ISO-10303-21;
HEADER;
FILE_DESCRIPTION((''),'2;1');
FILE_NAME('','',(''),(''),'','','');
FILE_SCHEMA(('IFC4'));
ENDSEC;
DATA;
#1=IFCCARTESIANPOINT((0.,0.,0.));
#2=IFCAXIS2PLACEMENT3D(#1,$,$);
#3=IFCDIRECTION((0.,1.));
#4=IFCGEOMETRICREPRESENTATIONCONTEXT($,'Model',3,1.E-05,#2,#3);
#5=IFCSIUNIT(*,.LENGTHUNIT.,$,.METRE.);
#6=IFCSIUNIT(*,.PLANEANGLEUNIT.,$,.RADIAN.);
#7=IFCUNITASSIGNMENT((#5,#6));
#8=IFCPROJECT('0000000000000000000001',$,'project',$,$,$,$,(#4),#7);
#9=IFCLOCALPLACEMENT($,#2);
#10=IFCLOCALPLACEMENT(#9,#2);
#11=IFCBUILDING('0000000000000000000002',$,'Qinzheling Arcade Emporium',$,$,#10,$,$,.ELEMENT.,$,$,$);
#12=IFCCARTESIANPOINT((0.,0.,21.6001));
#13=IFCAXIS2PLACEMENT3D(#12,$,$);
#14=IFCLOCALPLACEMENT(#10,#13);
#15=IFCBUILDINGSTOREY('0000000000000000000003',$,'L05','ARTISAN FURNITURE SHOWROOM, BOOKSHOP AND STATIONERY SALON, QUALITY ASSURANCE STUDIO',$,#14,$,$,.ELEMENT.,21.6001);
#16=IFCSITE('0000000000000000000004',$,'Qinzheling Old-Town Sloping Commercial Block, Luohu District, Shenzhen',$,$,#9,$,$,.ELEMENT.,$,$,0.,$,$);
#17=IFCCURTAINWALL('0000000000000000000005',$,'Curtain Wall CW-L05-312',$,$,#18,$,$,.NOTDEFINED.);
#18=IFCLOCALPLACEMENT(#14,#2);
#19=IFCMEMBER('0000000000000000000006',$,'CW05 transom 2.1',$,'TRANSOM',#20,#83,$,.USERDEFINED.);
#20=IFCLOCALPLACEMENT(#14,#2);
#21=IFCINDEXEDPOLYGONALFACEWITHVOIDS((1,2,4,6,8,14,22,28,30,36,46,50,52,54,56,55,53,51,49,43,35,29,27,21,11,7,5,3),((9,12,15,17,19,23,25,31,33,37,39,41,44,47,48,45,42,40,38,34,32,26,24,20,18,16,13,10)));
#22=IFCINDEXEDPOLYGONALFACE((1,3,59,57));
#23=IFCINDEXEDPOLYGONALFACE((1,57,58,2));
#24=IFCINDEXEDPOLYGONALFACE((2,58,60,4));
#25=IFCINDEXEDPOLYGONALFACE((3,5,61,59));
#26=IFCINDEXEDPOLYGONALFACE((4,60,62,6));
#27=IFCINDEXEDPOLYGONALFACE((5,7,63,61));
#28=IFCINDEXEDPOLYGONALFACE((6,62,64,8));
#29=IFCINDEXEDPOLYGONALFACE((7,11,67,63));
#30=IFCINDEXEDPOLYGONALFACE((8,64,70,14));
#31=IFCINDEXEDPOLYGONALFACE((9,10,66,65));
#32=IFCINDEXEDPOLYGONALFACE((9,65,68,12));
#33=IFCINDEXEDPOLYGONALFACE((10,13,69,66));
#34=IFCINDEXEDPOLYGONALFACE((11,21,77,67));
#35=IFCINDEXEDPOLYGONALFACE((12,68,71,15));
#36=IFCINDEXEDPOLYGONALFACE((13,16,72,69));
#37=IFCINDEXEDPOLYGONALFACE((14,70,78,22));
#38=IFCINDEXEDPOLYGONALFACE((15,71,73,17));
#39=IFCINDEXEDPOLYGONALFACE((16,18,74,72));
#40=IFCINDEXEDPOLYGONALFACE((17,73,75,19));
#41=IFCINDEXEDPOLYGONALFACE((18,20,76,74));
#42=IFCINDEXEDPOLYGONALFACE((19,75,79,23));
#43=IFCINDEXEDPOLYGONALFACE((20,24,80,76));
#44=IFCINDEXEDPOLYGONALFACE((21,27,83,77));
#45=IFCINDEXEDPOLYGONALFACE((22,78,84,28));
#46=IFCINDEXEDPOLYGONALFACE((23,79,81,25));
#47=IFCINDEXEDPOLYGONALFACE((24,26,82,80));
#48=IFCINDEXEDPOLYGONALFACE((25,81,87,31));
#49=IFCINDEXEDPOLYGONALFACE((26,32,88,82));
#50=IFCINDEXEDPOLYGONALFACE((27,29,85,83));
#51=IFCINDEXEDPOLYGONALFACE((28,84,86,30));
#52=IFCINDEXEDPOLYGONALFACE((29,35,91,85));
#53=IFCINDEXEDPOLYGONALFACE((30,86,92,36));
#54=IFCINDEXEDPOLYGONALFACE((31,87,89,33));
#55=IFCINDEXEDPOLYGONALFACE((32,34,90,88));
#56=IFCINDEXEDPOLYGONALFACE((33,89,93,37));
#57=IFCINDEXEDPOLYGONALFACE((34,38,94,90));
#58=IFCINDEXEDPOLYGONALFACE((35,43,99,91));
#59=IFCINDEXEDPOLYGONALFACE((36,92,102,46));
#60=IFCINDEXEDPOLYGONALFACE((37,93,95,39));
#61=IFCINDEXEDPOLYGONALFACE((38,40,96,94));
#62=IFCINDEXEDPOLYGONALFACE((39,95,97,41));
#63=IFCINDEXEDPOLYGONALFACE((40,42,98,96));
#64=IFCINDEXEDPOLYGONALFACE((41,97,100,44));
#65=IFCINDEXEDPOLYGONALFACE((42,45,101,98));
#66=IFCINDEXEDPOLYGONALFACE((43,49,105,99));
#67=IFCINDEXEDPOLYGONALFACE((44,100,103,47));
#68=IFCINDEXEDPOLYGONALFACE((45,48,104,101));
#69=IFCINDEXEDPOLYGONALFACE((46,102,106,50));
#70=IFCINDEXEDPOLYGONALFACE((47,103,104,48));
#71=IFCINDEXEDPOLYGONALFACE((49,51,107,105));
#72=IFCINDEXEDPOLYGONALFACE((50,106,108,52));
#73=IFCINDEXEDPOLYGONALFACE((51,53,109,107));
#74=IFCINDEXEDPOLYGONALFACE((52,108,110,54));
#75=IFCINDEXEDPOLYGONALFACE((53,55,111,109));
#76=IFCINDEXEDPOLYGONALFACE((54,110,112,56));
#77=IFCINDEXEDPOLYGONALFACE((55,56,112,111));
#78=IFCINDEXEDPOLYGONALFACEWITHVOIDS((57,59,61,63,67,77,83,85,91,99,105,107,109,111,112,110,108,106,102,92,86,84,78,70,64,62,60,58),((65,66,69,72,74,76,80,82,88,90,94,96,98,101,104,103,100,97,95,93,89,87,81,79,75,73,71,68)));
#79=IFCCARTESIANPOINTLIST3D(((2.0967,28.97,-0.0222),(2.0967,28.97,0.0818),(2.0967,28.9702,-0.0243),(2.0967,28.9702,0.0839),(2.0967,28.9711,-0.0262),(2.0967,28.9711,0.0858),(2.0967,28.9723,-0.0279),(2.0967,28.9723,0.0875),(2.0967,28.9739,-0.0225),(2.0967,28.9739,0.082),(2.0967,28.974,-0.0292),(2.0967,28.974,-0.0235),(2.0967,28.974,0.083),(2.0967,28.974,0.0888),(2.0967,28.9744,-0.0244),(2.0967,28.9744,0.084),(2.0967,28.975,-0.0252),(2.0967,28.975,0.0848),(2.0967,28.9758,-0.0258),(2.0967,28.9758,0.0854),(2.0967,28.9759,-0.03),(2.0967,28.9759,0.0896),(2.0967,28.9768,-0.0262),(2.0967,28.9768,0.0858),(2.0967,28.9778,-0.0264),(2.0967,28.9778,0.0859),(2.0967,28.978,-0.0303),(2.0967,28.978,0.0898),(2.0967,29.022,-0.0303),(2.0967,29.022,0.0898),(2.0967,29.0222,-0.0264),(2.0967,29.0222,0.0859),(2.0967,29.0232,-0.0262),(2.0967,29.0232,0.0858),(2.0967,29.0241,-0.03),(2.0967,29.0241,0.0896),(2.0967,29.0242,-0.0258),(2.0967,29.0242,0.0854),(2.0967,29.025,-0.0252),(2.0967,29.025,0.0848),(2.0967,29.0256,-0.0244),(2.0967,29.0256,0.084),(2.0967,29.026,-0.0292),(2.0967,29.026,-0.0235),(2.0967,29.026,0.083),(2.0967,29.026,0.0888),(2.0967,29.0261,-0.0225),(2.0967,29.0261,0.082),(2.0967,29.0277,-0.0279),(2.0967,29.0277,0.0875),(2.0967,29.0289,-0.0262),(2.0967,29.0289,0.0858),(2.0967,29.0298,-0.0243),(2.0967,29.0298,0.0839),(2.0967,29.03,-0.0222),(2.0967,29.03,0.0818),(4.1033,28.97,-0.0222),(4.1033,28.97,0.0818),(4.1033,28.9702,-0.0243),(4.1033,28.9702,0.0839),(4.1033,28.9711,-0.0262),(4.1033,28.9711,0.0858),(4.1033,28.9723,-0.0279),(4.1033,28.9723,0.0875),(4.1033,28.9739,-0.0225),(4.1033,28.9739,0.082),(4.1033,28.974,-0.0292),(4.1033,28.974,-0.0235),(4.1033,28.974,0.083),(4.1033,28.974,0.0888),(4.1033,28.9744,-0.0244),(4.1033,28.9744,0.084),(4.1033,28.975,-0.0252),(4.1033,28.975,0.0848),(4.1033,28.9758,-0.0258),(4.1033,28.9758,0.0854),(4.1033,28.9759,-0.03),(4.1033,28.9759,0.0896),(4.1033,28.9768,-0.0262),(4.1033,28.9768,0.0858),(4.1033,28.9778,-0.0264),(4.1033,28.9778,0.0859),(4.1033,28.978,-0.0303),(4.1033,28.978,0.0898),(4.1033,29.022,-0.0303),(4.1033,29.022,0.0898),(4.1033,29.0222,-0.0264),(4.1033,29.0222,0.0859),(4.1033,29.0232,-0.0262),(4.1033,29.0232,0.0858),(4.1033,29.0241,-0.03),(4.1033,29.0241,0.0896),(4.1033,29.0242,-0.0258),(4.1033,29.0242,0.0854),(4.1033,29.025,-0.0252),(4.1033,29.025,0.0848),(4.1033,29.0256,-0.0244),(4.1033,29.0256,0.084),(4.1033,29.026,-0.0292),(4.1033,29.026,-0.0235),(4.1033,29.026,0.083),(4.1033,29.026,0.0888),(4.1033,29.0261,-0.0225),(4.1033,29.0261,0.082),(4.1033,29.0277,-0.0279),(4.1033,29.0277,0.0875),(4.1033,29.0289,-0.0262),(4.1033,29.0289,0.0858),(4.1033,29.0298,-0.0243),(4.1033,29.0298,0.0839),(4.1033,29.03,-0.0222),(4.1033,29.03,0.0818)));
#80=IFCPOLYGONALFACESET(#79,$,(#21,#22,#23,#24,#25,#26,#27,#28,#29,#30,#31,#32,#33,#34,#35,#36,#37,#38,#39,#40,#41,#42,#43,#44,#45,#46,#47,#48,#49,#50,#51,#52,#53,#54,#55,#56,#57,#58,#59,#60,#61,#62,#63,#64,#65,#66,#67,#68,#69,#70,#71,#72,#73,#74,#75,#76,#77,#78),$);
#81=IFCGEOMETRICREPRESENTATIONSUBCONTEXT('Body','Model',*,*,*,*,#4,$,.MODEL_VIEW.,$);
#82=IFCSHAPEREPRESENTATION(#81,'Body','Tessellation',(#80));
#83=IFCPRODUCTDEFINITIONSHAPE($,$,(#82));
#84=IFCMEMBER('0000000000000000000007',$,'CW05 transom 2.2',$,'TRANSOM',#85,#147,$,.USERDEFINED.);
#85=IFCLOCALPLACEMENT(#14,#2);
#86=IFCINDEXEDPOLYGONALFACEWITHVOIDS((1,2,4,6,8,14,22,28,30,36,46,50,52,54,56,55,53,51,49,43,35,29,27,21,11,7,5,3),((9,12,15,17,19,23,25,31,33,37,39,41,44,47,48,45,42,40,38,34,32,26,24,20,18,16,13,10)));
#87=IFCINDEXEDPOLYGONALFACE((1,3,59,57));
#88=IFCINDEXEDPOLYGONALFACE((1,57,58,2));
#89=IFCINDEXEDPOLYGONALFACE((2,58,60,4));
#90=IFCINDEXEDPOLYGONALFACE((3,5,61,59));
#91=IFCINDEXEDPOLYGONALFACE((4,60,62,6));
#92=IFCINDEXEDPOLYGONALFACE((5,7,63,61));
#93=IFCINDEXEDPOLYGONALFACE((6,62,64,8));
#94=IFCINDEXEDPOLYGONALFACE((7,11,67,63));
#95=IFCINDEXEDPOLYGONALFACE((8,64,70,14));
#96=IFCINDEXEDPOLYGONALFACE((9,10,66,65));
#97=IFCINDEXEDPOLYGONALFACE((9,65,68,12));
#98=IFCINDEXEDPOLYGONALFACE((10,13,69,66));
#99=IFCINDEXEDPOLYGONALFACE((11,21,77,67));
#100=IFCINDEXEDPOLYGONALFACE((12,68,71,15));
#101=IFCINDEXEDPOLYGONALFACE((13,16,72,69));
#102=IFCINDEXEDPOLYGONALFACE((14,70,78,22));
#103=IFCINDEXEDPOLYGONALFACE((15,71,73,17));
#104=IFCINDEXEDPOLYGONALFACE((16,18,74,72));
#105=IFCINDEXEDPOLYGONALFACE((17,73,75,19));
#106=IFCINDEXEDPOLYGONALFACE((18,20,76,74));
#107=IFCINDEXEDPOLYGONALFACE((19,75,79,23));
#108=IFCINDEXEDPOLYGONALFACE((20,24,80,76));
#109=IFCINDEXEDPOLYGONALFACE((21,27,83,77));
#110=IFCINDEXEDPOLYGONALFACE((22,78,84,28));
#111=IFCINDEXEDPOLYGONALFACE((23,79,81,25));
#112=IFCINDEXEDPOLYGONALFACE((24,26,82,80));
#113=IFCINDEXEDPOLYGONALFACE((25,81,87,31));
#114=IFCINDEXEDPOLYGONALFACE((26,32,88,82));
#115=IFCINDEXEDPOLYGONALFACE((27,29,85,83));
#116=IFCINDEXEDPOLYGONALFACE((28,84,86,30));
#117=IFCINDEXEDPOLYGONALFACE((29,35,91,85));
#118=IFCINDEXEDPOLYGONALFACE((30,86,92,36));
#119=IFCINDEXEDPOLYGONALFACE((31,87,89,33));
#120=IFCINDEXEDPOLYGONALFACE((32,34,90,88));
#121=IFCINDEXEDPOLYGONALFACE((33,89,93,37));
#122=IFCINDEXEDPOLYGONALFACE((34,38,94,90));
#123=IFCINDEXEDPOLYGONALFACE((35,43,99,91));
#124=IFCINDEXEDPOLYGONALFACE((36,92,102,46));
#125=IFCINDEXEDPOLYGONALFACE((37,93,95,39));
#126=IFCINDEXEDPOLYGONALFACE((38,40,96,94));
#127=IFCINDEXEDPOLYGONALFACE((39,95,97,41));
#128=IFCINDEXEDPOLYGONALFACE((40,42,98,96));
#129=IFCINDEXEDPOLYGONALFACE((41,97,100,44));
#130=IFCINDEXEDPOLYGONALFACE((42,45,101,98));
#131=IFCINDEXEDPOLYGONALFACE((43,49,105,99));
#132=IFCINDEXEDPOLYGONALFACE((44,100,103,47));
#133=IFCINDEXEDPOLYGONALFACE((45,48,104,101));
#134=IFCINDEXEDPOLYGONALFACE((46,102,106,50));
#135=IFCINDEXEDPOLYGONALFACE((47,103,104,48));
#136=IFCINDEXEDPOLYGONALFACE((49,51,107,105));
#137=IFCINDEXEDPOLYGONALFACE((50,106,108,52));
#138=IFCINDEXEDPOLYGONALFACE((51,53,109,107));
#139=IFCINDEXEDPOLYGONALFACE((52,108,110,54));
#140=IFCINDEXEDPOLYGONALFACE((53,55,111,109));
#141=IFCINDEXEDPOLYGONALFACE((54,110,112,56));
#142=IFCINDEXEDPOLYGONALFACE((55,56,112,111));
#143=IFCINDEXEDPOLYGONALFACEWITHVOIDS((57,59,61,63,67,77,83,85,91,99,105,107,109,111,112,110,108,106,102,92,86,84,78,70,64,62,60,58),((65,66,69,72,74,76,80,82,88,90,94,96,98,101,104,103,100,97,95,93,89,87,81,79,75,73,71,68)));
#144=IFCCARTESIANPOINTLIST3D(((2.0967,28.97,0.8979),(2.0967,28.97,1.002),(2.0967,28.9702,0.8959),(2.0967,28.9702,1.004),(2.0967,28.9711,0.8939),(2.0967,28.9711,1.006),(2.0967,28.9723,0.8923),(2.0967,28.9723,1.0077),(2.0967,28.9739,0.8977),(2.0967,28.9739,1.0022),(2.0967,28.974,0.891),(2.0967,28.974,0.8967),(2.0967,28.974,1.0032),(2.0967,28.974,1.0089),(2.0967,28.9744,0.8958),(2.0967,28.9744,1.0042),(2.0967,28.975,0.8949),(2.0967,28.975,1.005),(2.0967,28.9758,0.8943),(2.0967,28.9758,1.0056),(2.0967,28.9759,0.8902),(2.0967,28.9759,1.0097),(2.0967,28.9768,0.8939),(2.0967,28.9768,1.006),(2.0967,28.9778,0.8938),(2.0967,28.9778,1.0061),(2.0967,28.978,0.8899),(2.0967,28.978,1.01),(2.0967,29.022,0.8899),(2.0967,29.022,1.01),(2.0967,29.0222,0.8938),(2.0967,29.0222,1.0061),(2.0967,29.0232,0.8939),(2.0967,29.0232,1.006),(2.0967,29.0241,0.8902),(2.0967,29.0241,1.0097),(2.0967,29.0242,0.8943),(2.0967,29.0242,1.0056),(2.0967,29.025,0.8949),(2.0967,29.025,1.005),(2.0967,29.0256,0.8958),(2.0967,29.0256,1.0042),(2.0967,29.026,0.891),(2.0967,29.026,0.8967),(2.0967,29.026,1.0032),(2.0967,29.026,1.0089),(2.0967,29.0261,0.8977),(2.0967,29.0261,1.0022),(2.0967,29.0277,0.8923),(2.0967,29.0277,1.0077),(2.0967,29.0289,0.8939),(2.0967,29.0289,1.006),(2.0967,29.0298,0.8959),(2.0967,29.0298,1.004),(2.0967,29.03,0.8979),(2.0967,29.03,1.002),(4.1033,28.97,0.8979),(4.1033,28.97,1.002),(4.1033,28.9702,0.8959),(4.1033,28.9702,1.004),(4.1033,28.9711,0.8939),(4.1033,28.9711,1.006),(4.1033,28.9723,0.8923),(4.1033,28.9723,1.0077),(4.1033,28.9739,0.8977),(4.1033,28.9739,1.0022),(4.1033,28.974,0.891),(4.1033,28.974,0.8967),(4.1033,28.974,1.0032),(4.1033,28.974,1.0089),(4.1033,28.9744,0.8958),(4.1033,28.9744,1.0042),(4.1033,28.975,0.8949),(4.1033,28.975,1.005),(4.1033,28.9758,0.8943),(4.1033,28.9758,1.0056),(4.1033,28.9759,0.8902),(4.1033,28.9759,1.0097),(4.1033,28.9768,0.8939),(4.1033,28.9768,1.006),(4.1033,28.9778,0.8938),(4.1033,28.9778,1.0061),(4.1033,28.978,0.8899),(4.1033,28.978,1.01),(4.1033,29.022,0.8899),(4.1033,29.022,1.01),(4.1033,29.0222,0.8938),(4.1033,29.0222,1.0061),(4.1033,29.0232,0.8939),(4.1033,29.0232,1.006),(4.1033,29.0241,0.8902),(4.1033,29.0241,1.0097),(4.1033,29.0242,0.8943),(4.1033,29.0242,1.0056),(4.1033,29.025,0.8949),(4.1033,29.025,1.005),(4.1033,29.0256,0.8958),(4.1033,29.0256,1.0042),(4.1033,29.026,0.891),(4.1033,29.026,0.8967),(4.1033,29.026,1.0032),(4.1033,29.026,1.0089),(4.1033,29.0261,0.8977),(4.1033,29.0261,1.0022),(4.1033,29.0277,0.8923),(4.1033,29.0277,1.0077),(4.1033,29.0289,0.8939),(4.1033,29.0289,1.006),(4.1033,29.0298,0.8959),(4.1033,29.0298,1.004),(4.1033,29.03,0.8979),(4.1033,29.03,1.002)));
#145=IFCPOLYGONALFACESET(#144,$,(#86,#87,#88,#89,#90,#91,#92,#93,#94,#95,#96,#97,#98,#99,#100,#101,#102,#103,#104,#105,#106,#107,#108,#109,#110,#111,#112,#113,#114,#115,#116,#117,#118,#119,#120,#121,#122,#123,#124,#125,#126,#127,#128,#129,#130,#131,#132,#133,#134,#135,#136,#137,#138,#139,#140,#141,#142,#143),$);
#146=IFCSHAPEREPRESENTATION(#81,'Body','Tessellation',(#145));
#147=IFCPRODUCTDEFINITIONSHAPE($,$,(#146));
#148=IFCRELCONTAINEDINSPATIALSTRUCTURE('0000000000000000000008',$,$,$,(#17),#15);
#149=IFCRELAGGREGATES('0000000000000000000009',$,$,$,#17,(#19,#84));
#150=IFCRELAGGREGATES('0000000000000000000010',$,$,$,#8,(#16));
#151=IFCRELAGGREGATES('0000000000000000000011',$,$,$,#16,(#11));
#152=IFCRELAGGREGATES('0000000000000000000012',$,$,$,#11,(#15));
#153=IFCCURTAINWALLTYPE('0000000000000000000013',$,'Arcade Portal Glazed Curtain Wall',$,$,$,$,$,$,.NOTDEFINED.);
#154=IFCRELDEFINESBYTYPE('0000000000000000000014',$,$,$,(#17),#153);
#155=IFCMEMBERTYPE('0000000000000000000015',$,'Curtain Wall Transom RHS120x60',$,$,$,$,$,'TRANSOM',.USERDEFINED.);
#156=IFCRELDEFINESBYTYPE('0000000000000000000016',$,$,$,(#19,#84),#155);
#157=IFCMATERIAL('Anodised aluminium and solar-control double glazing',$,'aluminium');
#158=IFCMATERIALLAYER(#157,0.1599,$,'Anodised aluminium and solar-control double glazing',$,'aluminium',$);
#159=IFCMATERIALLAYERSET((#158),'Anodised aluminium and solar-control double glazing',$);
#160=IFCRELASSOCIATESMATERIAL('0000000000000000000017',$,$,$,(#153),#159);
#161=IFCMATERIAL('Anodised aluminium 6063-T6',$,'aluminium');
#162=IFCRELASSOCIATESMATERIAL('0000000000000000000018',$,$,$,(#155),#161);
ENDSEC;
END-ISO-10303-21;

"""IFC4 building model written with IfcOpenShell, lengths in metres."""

from ifc_helpers import new_model, si_unit, direction, frame, origin, origin_2d, place, context, subcontext, project, spatial, hollow_rectangle, extrude, material, layer, layer_set, material_profile, profile_set, type_object, element, aggregate, save


model = new_model("IFC4")

# Units and contexts
model_context = context("Model", 3, precision=1e-05, world=origin(), true_north=direction((0.0, 1.0)))
body_context = subcontext(model_context, "Body", "Model", "MODEL_VIEW")
ifc_project = project(units=[si_unit("LENGTHUNIT", "METRE"), si_unit("PLANEANGLEUNIT", "RADIAN")], contexts=[model_context])

# Site, building, storey
site_placement = place(None, origin())
site = spatial("IfcSite", under=ifc_project, at=site_placement, Name="Qinzheling Old-Town Sloping Commercial Block, Luohu District, Shenzhen", CompositionType="ELEMENT", RefElevation=0.0)
building_placement = place(site_placement, origin())
building = spatial("IfcBuilding", under=site, at=building_placement, Name="Qinzheling Arcade Emporium", CompositionType="ELEMENT")
storey_placement = place(building_placement, frame((0.0, 0.0, 21.6001)))
storey = spatial("IfcBuildingStorey", under=building, at=storey_placement, Name="L05", Description="ARTISAN FURNITURE SHOWROOM, BOOKSHOP AND STATIONERY SALON, QUALITY ASSURANCE STUDIO", CompositionType="ELEMENT", Elevation=21.6001)

# Shared definitions
ifc_material_1 = material(Name="Anodised aluminium and solar-control double glazing", Category="aluminium")
ifc_material_2 = material(Name="Anodised aluminium 6063-T6", Category="aluminium")

# Curtain wall
ifc_layer_1 = layer(ifc_material_1, 0.1599, Name="Anodised aluminium and solar-control double glazing", Category="aluminium")
ifc_layer_set_1 = layer_set([ifc_layer_1], Name="Anodised aluminium and solar-control double glazing")
curtain_wall_type_1 = type_object("IfcCurtainWallType", Name="Arcade Portal Glazed Curtain Wall", PredefinedType="NOTDEFINED", material=ifc_layer_set_1)
curtain_wall_1_placement = place(storey_placement, origin())
curtain_wall_1 = element("IfcCurtainWall", 1, at=curtain_wall_1_placement, inside=storey, type_object=curtain_wall_type_1, Name="Curtain Wall CW-L05-312", PredefinedType="NOTDEFINED")

# Members
ifc_material_profile_1 = material_profile(ifc_material_2, hollow_rectangle(XDim=0.0601, YDim=0.1201, WallThickness=0.0039, InnerFilletRadius=0.0039, OuterFilletRadius=0.0081, at=origin_2d()), Name="RHS 120x60x4", Category="aluminium")
ifc_profile_set_1 = profile_set([ifc_material_profile_1], Name="Anodised aluminium 6063-T6")
member_type_1 = type_object("IfcMemberType", Name="Curtain Wall Transom RHS120x60", ElementType="TRANSOM", PredefinedType="USERDEFINED", material=ifc_profile_set_1)
member_1_placement = place(storey_placement, frame((4.1033, 29.0, 0.0298), z_axis=(-1.0, 0.0, 0.0), x_axis=(0.0, -1.0, 0.0)))
member_1 = element("IfcMember", 2, at=member_1_placement, type_object=member_type_1, Name="CW05 transom 2.1", ObjectType="TRANSOM", PredefinedType="USERDEFINED", context=body_context, shape_type="SweptSolid", body=[
    extrude(hollow_rectangle(XDim=0.0601, YDim=0.1201, WallThickness=0.0039, InnerFilletRadius=0.0039, OuterFilletRadius=0.0081, at=origin_2d()), origin(), (0.0, 0.0, 1.0), 2.0066),
])
member_2_placement = place(storey_placement, frame((4.1033, 29.0, 0.95), z_axis=(-1.0, 0.0, 0.0), x_axis=(0.0, -1.0, 0.0)))
member_2 = element("IfcMember", 3, at=member_2_placement, type_object=member_type_1, Name="CW05 transom 2.2", ObjectType="TRANSOM", PredefinedType="USERDEFINED", context=body_context, shape_type="SweptSolid", body=[
    extrude(hollow_rectangle(XDim=0.0601, YDim=0.1201, WallThickness=0.0039, InnerFilletRadius=0.0039, OuterFilletRadius=0.0081, at=origin_2d()), origin(), (0.0, 0.0, 1.0), 2.0066),
])

aggregate(curtain_wall_1, [member_1, member_2])

save(model, "model.ifc")
